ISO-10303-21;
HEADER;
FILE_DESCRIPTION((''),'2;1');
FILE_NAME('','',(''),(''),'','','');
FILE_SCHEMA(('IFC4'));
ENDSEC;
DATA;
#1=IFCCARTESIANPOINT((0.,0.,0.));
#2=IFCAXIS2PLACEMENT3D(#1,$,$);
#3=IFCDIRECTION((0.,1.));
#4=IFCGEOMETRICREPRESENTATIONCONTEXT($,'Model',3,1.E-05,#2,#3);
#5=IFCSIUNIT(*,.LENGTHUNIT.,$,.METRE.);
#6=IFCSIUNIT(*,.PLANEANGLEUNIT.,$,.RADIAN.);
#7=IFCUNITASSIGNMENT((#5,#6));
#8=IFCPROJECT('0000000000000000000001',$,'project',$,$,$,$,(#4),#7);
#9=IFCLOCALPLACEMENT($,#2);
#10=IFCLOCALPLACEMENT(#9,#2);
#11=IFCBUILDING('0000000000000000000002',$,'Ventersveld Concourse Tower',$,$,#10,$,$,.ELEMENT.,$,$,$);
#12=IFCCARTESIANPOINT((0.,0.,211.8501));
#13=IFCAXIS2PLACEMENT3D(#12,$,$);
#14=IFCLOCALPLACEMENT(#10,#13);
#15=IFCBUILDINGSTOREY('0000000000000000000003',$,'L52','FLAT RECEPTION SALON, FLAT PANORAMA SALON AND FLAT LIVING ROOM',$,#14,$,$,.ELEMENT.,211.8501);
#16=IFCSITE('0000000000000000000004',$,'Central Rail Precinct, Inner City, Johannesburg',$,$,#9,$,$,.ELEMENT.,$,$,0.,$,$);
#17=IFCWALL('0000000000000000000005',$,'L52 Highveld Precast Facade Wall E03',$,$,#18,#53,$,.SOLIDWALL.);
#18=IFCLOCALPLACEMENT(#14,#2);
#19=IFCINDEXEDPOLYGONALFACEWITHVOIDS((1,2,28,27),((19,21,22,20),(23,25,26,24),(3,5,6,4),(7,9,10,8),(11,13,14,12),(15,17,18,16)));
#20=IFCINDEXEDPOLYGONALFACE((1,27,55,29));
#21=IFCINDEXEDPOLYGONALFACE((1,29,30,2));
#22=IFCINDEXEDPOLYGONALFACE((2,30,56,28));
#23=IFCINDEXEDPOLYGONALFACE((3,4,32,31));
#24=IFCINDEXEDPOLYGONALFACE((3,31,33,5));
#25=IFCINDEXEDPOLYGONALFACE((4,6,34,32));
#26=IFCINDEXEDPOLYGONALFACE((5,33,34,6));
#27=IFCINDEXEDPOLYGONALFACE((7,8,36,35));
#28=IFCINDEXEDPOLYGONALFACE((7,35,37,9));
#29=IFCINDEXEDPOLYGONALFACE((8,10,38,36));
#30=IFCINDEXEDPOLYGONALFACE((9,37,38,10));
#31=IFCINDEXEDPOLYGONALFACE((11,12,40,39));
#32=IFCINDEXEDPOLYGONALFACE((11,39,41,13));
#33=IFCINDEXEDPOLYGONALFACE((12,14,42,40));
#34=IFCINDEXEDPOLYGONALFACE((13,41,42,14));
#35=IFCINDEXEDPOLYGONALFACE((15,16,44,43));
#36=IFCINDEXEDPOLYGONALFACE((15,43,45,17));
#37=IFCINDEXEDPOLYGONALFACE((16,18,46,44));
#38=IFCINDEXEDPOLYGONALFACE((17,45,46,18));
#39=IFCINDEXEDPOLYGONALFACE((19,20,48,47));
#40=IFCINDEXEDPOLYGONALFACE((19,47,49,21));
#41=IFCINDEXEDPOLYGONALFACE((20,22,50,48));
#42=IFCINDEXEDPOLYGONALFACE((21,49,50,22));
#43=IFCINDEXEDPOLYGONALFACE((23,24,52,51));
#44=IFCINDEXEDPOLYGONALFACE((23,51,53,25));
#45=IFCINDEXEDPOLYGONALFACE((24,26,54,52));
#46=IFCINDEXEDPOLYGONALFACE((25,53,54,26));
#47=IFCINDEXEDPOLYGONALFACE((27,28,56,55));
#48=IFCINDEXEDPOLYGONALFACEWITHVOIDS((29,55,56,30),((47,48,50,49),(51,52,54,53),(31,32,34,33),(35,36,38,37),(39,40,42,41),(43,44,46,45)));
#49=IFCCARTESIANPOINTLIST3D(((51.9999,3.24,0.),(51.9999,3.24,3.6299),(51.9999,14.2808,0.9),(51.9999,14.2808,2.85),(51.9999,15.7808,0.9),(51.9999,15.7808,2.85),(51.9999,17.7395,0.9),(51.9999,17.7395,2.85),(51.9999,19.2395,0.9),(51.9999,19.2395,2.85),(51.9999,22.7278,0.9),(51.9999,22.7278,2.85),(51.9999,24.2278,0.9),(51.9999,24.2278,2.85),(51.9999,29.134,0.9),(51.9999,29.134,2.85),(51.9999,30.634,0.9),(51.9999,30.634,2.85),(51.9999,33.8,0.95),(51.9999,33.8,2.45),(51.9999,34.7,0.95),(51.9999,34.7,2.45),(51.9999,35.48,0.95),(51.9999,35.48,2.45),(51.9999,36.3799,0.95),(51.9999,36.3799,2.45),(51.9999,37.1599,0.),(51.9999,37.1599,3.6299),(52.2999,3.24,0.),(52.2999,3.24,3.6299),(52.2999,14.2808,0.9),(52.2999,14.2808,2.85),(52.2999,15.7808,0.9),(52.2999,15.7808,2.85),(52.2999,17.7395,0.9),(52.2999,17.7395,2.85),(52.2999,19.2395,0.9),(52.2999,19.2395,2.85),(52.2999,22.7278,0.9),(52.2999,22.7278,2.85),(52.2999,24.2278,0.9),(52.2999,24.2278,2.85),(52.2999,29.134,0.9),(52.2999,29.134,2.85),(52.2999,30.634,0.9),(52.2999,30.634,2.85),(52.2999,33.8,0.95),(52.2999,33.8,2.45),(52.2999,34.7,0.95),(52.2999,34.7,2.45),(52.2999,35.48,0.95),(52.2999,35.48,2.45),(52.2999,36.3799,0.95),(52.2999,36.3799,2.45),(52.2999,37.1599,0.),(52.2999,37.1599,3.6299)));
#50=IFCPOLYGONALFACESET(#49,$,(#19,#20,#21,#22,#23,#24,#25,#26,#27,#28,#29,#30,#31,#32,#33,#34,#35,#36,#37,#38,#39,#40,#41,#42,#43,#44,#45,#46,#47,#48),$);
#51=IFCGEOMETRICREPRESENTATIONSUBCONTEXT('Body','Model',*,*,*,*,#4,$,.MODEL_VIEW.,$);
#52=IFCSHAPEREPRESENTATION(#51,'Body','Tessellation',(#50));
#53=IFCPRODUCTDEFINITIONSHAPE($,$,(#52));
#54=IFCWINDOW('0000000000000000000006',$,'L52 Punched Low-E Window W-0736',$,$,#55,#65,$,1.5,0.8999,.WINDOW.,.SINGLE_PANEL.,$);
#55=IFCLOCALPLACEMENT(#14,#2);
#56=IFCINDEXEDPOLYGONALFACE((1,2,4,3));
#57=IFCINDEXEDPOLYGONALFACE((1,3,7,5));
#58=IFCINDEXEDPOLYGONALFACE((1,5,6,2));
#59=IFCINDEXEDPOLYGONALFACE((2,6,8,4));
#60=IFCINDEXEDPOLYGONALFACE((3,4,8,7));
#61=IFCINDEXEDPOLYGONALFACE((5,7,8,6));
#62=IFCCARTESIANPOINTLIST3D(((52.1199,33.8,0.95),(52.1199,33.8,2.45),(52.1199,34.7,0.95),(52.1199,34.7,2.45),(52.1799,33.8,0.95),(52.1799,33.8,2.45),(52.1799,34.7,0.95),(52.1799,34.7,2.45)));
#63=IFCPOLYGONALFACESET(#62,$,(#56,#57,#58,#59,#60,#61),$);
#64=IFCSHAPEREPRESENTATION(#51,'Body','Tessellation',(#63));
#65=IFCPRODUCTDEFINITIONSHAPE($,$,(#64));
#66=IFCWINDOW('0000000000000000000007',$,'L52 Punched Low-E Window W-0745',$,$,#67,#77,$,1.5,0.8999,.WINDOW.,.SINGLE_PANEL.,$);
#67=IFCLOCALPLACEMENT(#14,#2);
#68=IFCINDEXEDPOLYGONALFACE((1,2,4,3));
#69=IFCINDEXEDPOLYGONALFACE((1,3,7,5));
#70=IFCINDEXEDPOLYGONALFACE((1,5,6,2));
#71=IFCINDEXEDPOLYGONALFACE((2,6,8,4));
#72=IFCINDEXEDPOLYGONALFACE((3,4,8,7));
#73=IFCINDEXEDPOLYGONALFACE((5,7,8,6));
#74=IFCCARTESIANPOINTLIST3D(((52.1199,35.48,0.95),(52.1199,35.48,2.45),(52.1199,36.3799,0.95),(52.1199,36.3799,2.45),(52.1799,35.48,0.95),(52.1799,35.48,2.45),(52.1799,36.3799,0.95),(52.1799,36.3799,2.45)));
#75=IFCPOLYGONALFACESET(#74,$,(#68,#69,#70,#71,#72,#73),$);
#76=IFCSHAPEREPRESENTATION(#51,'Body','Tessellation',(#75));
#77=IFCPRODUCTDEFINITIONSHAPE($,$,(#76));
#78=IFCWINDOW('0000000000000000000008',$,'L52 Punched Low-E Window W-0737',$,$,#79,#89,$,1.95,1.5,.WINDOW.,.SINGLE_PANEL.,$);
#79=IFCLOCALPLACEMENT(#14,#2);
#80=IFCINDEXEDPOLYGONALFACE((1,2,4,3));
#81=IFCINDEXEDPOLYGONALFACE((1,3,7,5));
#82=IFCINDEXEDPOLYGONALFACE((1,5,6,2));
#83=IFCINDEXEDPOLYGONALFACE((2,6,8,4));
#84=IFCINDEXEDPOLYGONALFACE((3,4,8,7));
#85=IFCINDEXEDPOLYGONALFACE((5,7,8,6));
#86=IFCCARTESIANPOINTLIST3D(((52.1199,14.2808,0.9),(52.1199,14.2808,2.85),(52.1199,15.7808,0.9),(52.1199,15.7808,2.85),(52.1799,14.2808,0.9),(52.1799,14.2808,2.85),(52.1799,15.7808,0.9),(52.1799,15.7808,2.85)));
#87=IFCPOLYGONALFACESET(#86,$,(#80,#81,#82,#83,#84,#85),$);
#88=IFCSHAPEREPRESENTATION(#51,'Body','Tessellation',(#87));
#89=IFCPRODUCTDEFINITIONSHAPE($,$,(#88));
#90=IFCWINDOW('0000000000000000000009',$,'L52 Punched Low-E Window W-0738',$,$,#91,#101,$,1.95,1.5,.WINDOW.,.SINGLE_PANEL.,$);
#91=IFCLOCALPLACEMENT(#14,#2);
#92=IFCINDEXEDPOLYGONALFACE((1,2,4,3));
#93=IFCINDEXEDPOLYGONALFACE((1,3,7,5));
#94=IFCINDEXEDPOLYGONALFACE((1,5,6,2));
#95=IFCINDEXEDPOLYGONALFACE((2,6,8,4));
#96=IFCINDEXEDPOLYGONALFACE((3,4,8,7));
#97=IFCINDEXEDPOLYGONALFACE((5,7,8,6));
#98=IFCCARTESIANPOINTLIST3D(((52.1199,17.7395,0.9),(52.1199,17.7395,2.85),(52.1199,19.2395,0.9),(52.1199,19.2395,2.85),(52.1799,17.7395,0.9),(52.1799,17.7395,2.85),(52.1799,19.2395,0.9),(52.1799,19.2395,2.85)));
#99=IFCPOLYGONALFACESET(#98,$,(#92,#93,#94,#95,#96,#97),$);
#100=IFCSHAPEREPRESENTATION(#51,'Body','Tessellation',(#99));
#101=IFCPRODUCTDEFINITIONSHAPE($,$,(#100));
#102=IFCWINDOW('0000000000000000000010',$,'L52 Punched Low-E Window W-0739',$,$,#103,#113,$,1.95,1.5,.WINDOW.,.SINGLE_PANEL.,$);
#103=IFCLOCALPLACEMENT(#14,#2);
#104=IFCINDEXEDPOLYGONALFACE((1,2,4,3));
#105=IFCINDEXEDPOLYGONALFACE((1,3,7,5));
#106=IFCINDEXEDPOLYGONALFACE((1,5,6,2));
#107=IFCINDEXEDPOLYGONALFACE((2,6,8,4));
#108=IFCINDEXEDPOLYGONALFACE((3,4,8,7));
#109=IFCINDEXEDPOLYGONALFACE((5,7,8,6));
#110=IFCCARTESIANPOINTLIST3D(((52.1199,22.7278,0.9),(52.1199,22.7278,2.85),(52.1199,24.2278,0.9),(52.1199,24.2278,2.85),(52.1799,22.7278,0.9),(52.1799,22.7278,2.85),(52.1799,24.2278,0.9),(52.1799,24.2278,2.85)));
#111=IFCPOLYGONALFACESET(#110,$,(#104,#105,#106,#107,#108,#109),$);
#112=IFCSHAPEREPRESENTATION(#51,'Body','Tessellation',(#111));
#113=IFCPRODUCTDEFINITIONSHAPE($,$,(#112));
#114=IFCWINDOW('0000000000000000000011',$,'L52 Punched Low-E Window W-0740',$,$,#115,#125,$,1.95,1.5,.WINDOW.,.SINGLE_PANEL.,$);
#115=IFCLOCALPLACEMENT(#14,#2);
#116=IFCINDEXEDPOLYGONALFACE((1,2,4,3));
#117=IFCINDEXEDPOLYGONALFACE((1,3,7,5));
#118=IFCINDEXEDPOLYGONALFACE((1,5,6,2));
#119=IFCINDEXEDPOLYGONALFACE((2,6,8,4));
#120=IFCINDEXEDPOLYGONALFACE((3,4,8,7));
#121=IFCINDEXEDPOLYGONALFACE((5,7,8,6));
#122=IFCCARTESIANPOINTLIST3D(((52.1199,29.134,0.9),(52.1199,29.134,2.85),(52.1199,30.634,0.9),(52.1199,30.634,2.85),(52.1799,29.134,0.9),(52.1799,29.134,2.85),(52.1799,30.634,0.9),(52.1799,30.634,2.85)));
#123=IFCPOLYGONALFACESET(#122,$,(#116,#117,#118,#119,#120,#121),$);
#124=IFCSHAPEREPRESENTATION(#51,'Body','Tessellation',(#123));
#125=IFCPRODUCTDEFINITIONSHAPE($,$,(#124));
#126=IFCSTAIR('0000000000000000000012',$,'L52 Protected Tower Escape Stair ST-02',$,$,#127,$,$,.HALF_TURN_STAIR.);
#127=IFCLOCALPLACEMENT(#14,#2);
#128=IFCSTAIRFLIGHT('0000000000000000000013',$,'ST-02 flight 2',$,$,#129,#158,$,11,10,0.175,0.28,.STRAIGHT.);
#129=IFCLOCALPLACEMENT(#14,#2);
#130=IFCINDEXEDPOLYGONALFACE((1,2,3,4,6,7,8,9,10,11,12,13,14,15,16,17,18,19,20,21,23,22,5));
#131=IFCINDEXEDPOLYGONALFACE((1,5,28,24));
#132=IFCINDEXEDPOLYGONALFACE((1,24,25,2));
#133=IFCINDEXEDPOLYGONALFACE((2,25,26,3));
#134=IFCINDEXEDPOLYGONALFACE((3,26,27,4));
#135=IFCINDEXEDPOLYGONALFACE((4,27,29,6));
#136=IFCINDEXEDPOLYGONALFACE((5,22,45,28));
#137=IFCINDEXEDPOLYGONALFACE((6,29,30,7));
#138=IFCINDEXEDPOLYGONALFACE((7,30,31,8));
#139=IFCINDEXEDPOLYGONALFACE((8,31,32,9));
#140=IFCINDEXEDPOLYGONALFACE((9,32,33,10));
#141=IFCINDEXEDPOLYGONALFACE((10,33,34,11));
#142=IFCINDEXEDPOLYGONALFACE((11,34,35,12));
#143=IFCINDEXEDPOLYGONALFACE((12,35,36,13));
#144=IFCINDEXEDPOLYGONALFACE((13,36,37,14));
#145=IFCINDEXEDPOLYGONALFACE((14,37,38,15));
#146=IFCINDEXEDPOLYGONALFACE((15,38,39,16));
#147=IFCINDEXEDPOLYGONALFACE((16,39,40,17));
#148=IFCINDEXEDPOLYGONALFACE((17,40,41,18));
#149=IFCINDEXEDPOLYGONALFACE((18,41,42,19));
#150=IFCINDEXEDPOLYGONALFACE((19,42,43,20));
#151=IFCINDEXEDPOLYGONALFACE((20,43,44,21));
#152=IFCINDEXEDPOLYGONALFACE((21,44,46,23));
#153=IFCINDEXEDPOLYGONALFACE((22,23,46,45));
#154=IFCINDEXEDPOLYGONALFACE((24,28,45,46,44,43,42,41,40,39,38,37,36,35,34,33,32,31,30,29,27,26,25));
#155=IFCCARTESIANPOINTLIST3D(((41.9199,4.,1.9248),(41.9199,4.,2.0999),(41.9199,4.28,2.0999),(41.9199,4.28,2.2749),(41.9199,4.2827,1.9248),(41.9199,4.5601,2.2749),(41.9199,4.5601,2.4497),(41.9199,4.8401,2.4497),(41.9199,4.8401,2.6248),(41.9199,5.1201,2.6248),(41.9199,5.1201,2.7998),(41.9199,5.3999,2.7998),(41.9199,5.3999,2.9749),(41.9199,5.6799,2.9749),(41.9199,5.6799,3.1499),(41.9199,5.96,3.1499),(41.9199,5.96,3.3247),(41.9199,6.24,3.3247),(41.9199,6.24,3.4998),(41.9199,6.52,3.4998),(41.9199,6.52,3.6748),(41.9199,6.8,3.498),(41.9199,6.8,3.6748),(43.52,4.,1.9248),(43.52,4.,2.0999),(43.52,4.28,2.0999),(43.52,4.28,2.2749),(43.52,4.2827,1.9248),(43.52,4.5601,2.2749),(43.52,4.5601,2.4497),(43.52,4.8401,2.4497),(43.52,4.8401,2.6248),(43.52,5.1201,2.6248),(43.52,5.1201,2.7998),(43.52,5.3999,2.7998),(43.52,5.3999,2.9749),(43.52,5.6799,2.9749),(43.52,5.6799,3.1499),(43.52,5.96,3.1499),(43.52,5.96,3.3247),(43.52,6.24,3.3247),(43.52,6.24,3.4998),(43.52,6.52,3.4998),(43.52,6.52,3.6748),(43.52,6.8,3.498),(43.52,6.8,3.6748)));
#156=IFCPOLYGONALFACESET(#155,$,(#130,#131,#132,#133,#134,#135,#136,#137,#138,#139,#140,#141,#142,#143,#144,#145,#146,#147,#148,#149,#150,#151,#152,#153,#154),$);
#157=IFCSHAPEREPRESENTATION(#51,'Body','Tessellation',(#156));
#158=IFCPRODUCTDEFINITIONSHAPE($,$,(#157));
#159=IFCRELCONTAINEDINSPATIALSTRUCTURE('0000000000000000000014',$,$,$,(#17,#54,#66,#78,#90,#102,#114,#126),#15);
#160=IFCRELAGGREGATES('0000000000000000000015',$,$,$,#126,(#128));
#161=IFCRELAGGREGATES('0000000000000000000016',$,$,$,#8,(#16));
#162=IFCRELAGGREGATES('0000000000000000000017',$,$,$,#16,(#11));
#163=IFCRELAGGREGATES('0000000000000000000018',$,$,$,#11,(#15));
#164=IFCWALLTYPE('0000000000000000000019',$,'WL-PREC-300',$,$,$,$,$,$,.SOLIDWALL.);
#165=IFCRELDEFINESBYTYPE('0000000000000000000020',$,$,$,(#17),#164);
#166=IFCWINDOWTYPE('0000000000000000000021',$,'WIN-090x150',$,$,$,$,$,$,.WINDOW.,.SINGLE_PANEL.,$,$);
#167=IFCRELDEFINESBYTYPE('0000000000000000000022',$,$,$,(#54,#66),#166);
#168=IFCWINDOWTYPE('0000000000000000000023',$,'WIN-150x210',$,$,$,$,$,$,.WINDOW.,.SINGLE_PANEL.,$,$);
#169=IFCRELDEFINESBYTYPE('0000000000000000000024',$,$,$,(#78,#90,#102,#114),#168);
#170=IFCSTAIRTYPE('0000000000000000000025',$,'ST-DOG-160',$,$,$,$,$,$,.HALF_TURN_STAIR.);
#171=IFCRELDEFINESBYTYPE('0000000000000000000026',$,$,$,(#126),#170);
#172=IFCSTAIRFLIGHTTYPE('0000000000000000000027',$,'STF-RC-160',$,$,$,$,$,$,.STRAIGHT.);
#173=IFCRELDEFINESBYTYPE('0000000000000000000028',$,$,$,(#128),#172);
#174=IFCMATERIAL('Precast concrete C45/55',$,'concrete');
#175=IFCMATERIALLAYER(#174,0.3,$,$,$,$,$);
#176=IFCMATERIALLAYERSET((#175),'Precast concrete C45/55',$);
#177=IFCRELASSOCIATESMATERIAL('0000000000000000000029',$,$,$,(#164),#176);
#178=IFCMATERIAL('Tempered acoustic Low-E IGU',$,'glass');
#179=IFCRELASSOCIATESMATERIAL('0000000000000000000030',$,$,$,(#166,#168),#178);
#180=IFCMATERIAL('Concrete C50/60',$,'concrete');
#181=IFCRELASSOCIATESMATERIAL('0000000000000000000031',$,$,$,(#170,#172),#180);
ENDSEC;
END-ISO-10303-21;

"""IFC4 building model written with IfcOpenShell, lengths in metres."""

from ifc_helpers import new_model, si_unit, direction, frame, frame_2d, origin, place, context, subcontext, project, spatial, polyline, rectangle, outline, extrude, material, layer, layer_set, type_object, element, fill, aggregate, save


model = new_model("IFC4")

# Units and contexts
model_context = context("Model", 3, precision=1e-05, world=origin(), true_north=direction((0.0, 1.0)))
body_context = subcontext(model_context, "Body", "Model", "MODEL_VIEW")
ifc_project = project(units=[si_unit("LENGTHUNIT", "METRE"), si_unit("PLANEANGLEUNIT", "RADIAN")], contexts=[model_context])

# Site, building, storey
site_placement = place(None, origin())
site = spatial("IfcSite", under=ifc_project, at=site_placement, Name="Central Rail Precinct, Inner City, Johannesburg", CompositionType="ELEMENT", RefElevation=0.0)
building_placement = place(site_placement, origin())
building = spatial("IfcBuilding", under=site, at=building_placement, Name="Ventersveld Concourse Tower", CompositionType="ELEMENT")
storey_placement = place(building_placement, frame((0.0, 0.0, 211.8501)))
storey = spatial("IfcBuildingStorey", under=building, at=storey_placement, Name="L52", Description="FLAT RECEPTION SALON, FLAT PANORAMA SALON AND FLAT LIVING ROOM", CompositionType="ELEMENT", Elevation=211.8501)

# Shared definitions
ifc_material_1 = material(Name="Concrete C50/60", Category="concrete")

# Shared definitions
ifc_material_2 = material(Name="Precast concrete C45/55", Category="concrete")
ifc_layer_1 = layer(ifc_material_2, 0.3)
ifc_layer_set_1 = layer_set([ifc_layer_1], Name="Precast concrete C45/55")
wall_type_1 = type_object("IfcWallType", Name="WL-PREC-300", PredefinedType="SOLIDWALL", material=ifc_layer_set_1)

# Wall, openings, windows
wall_1_placement = place(storey_placement, frame((52.1499, 3.24, 0.0), z_axis=(0.0, 0.0, 1.0), x_axis=(0.0, 1.0, 0.0)))
wall_1 = element("IfcWall", 1, at=wall_1_placement, inside=storey, type_object=wall_type_1, Name="L52 Highveld Precast Facade Wall E03", PredefinedType="SOLIDWALL", context=body_context, shape_type="SweptSolid", body=[
    extrude(rectangle(XDim=33.9199, YDim=0.3, at=frame_2d((16.96, 0.0))), origin(), (0.0, 0.0, 1.0), 3.6299),
])
opening_1_placement = place(wall_1_placement, frame((30.5601, 0.0, 0.95)))
opening_1 = element("IfcOpeningElement", 2, at=opening_1_placement, cuts=wall_1, PredefinedType="OPENING", context=body_context, shape_type="SweptSolid", body=[
    extrude(rectangle(XDim=0.8999, YDim=1.5, at=frame_2d((0.45, 0.75))), frame((0.0, 0.1602, 0.0), z_axis=(0.0, -1.0, 0.0), x_axis=(1.0, 0.0, 0.0)), (0.0, 0.0, 1.0), 0.3201),
])
opening_2_placement = place(wall_1_placement, frame((11.0408, 0.0, 0.8999)))
opening_2 = element("IfcOpeningElement", 3, at=opening_2_placement, cuts=wall_1, PredefinedType="OPENING", context=body_context, shape_type="SweptSolid", body=[
    extrude(rectangle(XDim=1.5, YDim=1.95, at=frame_2d((0.75, 0.9751))), frame((0.0, 0.1602, 0.0), z_axis=(0.0, -1.0, 0.0), x_axis=(1.0, 0.0, 0.0)), (0.0, 0.0, 1.0), 0.3201),
])
opening_3_placement = place(wall_1_placement, frame((14.4995, 0.0, 0.8999)))
opening_3 = element("IfcOpeningElement", 4, at=opening_3_placement, cuts=wall_1, PredefinedType="OPENING", context=body_context, shape_type="SweptSolid", body=[
    extrude(rectangle(XDim=1.5, YDim=1.95, at=frame_2d((0.75, 0.9751))), frame((0.0, 0.1602, 0.0), z_axis=(0.0, -1.0, 0.0), x_axis=(1.0, 0.0, 0.0)), (0.0, 0.0, 1.0), 0.3201),
])
opening_4_placement = place(wall_1_placement, frame((19.4878, 0.0, 0.8999)))
opening_4 = element("IfcOpeningElement", 5, at=opening_4_placement, cuts=wall_1, PredefinedType="OPENING", context=body_context, shape_type="SweptSolid", body=[
    extrude(rectangle(XDim=1.5, YDim=1.95, at=frame_2d((0.75, 0.9751))), frame((0.0, 0.1602, 0.0), z_axis=(0.0, -1.0, 0.0), x_axis=(1.0, 0.0, 0.0)), (0.0, 0.0, 1.0), 0.3201),
])
opening_5_placement = place(wall_1_placement, frame((25.894, 0.0, 0.8999)))
opening_5 = element("IfcOpeningElement", 6, at=opening_5_placement, cuts=wall_1, PredefinedType="OPENING", context=body_context, shape_type="SweptSolid", body=[
    extrude(rectangle(XDim=1.5, YDim=1.95, at=frame_2d((0.75, 0.9751))), frame((0.0, 0.1602, 0.0), z_axis=(0.0, -1.0, 0.0), x_axis=(1.0, 0.0, 0.0)), (0.0, 0.0, 1.0), 0.3201),
])
opening_6_placement = place(wall_1_placement, frame((32.24, 0.0, 0.95)))
opening_6 = element("IfcOpeningElement", 7, at=opening_6_placement, cuts=wall_1, PredefinedType="OPENING", context=body_context, shape_type="SweptSolid", body=[
    extrude(rectangle(XDim=0.8999, YDim=1.5, at=frame_2d((0.45, 0.75))), frame((0.0, 0.1602, 0.0), z_axis=(0.0, -1.0, 0.0), x_axis=(1.0, 0.0, 0.0)), (0.0, 0.0, 1.0), 0.3201),
])
ifc_material_3 = material(Name="Tempered acoustic Low-E IGU", Category="glass")
window_type_1 = type_object("IfcWindowType", Name="WIN-090x150", PartitioningType="SINGLE_PANEL", PredefinedType="WINDOW", material=ifc_material_3)
window_1_placement = place(opening_1_placement, origin())
window_1 = element("IfcWindow", 8, at=window_1_placement, inside=storey, type_object=window_type_1, Name="L52 Punched Low-E Window W-0736", OverallHeight=1.5, OverallWidth=0.8999, PartitioningType="SINGLE_PANEL", PredefinedType="WINDOW", context=body_context, shape_type="SweptSolid", body=[
    extrude(rectangle(XDim=0.8999, YDim=1.5, at=frame_2d((0.45, 0.75))), frame((0.0, 0.03, 0.0), z_axis=(0.0, -1.0, 0.0), x_axis=(1.0, 0.0, 0.0)), (0.0, 0.0, 1.0), 0.0601),
])
fill(opening_1, window_1)
window_2_placement = place(opening_6_placement, origin())
window_2 = element("IfcWindow", 9, at=window_2_placement, inside=storey, type_object=window_type_1, Name="L52 Punched Low-E Window W-0745", OverallHeight=1.5, OverallWidth=0.8999, PartitioningType="SINGLE_PANEL", PredefinedType="WINDOW", context=body_context, shape_type="SweptSolid", body=[
    extrude(rectangle(XDim=0.8999, YDim=1.5, at=frame_2d((0.45, 0.75))), frame((0.0, 0.03, 0.0), z_axis=(0.0, -1.0, 0.0), x_axis=(1.0, 0.0, 0.0)), (0.0, 0.0, 1.0), 0.0601),
])
fill(opening_6, window_2)
window_type_2 = type_object("IfcWindowType", Name="WIN-150x210", PartitioningType="SINGLE_PANEL", PredefinedType="WINDOW", material=ifc_material_3)
window_3_placement = place(opening_2_placement, origin())
window_3 = element("IfcWindow", 10, at=window_3_placement, inside=storey, type_object=window_type_2, Name="L52 Punched Low-E Window W-0737", OverallHeight=1.95, OverallWidth=1.5, PartitioningType="SINGLE_PANEL", PredefinedType="WINDOW", context=body_context, shape_type="SweptSolid", body=[
    extrude(rectangle(XDim=1.5, YDim=1.95, at=frame_2d((0.75, 0.9751))), frame((0.0, 0.03, 0.0), z_axis=(0.0, -1.0, 0.0), x_axis=(1.0, 0.0, 0.0)), (0.0, 0.0, 1.0), 0.0601),
])
fill(opening_2, window_3)
window_4_placement = place(opening_3_placement, origin())
window_4 = element("IfcWindow", 11, at=window_4_placement, inside=storey, type_object=window_type_2, Name="L52 Punched Low-E Window W-0738", OverallHeight=1.95, OverallWidth=1.5, PartitioningType="SINGLE_PANEL", PredefinedType="WINDOW", context=body_context, shape_type="SweptSolid", body=[
    extrude(rectangle(XDim=1.5, YDim=1.95, at=frame_2d((0.75, 0.9751))), frame((0.0, 0.03, 0.0), z_axis=(0.0, -1.0, 0.0), x_axis=(1.0, 0.0, 0.0)), (0.0, 0.0, 1.0), 0.0601),
])
fill(opening_3, window_4)
window_5_placement = place(opening_4_placement, origin())
window_5 = element("IfcWindow", 12, at=window_5_placement, inside=storey, type_object=window_type_2, Name="L52 Punched Low-E Window W-0739", OverallHeight=1.95, OverallWidth=1.5, PartitioningType="SINGLE_PANEL", PredefinedType="WINDOW", context=body_context, shape_type="SweptSolid", body=[
    extrude(rectangle(XDim=1.5, YDim=1.95, at=frame_2d((0.75, 0.9751))), frame((0.0, 0.03, 0.0), z_axis=(0.0, -1.0, 0.0), x_axis=(1.0, 0.0, 0.0)), (0.0, 0.0, 1.0), 0.0601),
])
fill(opening_4, window_5)
window_6_placement = place(opening_5_placement, origin())
window_6 = element("IfcWindow", 13, at=window_6_placement, inside=storey, type_object=window_type_2, Name="L52 Punched Low-E Window W-0740", OverallHeight=1.95, OverallWidth=1.5, PartitioningType="SINGLE_PANEL", PredefinedType="WINDOW", context=body_context, shape_type="SweptSolid", body=[
    extrude(rectangle(XDim=1.5, YDim=1.95, at=frame_2d((0.75, 0.9751))), frame((0.0, 0.03, 0.0), z_axis=(0.0, -1.0, 0.0), x_axis=(1.0, 0.0, 0.0)), (0.0, 0.0, 1.0), 0.0601),
])
fill(opening_5, window_6)

# Stair, stair flight
stair_type = type_object("IfcStairType", Name="ST-DOG-160", PredefinedType="HALF_TURN_STAIR", material=ifc_material_1)
stair_placement = place(storey_placement, origin())
stair = element("IfcStair", 14, at=stair_placement, inside=storey, type_object=stair_type, Name="L52 Protected Tower Escape Stair ST-02", PredefinedType="HALF_TURN_STAIR")
stair_flight_type = type_object("IfcStairFlightType", Name="STF-RC-160", PredefinedType="STRAIGHT", material=ifc_material_1)
stair_flight_placement = place(storey_placement, frame((42.72, 4.0, 1.9248), z_axis=(0.0, 0.0, 1.0), x_axis=(0.0, 1.0, 0.0)))
stair_flight = element("IfcStairFlight", 15, at=stair_flight_placement, type_object=stair_flight_type, Name="ST-02 flight 2", NumberOfRisers=11, NumberOfTreads=10, PredefinedType="STRAIGHT", RiserHeight=0.175, TreadLength=0.28, context=body_context, shape_type="SweptSolid", body=[
    extrude(outline(polyline([(0.0, 0.0), (0.0, 0.175), (0.28, 0.175), (0.28, 0.3501), (0.5601, 0.3501), (0.5601, 0.5249), (0.8401, 0.5249), (0.8401, 0.7), (1.1201, 0.7), (1.1201, 0.875), (1.3999, 0.875), (1.3999, 1.05), (1.6799, 1.05), (1.6799, 1.2251), (1.96, 1.2251), (1.96, 1.3999), (2.24, 1.3999), (2.24, 1.575), (2.52, 1.575), (2.52, 1.75), (2.8, 1.75), (2.8, 1.925), (2.8, 1.5732), (0.2827, 0.0), (0.0, 0.0)])), frame((0.0, 0.8, 0.0), z_axis=(0.0, -1.0, 0.0), x_axis=(1.0, 0.0, 0.0)), (0.0, 0.0, 1.0), 1.6001),
])
aggregate(stair, [stair_flight])

save(model, "model.ifc")
